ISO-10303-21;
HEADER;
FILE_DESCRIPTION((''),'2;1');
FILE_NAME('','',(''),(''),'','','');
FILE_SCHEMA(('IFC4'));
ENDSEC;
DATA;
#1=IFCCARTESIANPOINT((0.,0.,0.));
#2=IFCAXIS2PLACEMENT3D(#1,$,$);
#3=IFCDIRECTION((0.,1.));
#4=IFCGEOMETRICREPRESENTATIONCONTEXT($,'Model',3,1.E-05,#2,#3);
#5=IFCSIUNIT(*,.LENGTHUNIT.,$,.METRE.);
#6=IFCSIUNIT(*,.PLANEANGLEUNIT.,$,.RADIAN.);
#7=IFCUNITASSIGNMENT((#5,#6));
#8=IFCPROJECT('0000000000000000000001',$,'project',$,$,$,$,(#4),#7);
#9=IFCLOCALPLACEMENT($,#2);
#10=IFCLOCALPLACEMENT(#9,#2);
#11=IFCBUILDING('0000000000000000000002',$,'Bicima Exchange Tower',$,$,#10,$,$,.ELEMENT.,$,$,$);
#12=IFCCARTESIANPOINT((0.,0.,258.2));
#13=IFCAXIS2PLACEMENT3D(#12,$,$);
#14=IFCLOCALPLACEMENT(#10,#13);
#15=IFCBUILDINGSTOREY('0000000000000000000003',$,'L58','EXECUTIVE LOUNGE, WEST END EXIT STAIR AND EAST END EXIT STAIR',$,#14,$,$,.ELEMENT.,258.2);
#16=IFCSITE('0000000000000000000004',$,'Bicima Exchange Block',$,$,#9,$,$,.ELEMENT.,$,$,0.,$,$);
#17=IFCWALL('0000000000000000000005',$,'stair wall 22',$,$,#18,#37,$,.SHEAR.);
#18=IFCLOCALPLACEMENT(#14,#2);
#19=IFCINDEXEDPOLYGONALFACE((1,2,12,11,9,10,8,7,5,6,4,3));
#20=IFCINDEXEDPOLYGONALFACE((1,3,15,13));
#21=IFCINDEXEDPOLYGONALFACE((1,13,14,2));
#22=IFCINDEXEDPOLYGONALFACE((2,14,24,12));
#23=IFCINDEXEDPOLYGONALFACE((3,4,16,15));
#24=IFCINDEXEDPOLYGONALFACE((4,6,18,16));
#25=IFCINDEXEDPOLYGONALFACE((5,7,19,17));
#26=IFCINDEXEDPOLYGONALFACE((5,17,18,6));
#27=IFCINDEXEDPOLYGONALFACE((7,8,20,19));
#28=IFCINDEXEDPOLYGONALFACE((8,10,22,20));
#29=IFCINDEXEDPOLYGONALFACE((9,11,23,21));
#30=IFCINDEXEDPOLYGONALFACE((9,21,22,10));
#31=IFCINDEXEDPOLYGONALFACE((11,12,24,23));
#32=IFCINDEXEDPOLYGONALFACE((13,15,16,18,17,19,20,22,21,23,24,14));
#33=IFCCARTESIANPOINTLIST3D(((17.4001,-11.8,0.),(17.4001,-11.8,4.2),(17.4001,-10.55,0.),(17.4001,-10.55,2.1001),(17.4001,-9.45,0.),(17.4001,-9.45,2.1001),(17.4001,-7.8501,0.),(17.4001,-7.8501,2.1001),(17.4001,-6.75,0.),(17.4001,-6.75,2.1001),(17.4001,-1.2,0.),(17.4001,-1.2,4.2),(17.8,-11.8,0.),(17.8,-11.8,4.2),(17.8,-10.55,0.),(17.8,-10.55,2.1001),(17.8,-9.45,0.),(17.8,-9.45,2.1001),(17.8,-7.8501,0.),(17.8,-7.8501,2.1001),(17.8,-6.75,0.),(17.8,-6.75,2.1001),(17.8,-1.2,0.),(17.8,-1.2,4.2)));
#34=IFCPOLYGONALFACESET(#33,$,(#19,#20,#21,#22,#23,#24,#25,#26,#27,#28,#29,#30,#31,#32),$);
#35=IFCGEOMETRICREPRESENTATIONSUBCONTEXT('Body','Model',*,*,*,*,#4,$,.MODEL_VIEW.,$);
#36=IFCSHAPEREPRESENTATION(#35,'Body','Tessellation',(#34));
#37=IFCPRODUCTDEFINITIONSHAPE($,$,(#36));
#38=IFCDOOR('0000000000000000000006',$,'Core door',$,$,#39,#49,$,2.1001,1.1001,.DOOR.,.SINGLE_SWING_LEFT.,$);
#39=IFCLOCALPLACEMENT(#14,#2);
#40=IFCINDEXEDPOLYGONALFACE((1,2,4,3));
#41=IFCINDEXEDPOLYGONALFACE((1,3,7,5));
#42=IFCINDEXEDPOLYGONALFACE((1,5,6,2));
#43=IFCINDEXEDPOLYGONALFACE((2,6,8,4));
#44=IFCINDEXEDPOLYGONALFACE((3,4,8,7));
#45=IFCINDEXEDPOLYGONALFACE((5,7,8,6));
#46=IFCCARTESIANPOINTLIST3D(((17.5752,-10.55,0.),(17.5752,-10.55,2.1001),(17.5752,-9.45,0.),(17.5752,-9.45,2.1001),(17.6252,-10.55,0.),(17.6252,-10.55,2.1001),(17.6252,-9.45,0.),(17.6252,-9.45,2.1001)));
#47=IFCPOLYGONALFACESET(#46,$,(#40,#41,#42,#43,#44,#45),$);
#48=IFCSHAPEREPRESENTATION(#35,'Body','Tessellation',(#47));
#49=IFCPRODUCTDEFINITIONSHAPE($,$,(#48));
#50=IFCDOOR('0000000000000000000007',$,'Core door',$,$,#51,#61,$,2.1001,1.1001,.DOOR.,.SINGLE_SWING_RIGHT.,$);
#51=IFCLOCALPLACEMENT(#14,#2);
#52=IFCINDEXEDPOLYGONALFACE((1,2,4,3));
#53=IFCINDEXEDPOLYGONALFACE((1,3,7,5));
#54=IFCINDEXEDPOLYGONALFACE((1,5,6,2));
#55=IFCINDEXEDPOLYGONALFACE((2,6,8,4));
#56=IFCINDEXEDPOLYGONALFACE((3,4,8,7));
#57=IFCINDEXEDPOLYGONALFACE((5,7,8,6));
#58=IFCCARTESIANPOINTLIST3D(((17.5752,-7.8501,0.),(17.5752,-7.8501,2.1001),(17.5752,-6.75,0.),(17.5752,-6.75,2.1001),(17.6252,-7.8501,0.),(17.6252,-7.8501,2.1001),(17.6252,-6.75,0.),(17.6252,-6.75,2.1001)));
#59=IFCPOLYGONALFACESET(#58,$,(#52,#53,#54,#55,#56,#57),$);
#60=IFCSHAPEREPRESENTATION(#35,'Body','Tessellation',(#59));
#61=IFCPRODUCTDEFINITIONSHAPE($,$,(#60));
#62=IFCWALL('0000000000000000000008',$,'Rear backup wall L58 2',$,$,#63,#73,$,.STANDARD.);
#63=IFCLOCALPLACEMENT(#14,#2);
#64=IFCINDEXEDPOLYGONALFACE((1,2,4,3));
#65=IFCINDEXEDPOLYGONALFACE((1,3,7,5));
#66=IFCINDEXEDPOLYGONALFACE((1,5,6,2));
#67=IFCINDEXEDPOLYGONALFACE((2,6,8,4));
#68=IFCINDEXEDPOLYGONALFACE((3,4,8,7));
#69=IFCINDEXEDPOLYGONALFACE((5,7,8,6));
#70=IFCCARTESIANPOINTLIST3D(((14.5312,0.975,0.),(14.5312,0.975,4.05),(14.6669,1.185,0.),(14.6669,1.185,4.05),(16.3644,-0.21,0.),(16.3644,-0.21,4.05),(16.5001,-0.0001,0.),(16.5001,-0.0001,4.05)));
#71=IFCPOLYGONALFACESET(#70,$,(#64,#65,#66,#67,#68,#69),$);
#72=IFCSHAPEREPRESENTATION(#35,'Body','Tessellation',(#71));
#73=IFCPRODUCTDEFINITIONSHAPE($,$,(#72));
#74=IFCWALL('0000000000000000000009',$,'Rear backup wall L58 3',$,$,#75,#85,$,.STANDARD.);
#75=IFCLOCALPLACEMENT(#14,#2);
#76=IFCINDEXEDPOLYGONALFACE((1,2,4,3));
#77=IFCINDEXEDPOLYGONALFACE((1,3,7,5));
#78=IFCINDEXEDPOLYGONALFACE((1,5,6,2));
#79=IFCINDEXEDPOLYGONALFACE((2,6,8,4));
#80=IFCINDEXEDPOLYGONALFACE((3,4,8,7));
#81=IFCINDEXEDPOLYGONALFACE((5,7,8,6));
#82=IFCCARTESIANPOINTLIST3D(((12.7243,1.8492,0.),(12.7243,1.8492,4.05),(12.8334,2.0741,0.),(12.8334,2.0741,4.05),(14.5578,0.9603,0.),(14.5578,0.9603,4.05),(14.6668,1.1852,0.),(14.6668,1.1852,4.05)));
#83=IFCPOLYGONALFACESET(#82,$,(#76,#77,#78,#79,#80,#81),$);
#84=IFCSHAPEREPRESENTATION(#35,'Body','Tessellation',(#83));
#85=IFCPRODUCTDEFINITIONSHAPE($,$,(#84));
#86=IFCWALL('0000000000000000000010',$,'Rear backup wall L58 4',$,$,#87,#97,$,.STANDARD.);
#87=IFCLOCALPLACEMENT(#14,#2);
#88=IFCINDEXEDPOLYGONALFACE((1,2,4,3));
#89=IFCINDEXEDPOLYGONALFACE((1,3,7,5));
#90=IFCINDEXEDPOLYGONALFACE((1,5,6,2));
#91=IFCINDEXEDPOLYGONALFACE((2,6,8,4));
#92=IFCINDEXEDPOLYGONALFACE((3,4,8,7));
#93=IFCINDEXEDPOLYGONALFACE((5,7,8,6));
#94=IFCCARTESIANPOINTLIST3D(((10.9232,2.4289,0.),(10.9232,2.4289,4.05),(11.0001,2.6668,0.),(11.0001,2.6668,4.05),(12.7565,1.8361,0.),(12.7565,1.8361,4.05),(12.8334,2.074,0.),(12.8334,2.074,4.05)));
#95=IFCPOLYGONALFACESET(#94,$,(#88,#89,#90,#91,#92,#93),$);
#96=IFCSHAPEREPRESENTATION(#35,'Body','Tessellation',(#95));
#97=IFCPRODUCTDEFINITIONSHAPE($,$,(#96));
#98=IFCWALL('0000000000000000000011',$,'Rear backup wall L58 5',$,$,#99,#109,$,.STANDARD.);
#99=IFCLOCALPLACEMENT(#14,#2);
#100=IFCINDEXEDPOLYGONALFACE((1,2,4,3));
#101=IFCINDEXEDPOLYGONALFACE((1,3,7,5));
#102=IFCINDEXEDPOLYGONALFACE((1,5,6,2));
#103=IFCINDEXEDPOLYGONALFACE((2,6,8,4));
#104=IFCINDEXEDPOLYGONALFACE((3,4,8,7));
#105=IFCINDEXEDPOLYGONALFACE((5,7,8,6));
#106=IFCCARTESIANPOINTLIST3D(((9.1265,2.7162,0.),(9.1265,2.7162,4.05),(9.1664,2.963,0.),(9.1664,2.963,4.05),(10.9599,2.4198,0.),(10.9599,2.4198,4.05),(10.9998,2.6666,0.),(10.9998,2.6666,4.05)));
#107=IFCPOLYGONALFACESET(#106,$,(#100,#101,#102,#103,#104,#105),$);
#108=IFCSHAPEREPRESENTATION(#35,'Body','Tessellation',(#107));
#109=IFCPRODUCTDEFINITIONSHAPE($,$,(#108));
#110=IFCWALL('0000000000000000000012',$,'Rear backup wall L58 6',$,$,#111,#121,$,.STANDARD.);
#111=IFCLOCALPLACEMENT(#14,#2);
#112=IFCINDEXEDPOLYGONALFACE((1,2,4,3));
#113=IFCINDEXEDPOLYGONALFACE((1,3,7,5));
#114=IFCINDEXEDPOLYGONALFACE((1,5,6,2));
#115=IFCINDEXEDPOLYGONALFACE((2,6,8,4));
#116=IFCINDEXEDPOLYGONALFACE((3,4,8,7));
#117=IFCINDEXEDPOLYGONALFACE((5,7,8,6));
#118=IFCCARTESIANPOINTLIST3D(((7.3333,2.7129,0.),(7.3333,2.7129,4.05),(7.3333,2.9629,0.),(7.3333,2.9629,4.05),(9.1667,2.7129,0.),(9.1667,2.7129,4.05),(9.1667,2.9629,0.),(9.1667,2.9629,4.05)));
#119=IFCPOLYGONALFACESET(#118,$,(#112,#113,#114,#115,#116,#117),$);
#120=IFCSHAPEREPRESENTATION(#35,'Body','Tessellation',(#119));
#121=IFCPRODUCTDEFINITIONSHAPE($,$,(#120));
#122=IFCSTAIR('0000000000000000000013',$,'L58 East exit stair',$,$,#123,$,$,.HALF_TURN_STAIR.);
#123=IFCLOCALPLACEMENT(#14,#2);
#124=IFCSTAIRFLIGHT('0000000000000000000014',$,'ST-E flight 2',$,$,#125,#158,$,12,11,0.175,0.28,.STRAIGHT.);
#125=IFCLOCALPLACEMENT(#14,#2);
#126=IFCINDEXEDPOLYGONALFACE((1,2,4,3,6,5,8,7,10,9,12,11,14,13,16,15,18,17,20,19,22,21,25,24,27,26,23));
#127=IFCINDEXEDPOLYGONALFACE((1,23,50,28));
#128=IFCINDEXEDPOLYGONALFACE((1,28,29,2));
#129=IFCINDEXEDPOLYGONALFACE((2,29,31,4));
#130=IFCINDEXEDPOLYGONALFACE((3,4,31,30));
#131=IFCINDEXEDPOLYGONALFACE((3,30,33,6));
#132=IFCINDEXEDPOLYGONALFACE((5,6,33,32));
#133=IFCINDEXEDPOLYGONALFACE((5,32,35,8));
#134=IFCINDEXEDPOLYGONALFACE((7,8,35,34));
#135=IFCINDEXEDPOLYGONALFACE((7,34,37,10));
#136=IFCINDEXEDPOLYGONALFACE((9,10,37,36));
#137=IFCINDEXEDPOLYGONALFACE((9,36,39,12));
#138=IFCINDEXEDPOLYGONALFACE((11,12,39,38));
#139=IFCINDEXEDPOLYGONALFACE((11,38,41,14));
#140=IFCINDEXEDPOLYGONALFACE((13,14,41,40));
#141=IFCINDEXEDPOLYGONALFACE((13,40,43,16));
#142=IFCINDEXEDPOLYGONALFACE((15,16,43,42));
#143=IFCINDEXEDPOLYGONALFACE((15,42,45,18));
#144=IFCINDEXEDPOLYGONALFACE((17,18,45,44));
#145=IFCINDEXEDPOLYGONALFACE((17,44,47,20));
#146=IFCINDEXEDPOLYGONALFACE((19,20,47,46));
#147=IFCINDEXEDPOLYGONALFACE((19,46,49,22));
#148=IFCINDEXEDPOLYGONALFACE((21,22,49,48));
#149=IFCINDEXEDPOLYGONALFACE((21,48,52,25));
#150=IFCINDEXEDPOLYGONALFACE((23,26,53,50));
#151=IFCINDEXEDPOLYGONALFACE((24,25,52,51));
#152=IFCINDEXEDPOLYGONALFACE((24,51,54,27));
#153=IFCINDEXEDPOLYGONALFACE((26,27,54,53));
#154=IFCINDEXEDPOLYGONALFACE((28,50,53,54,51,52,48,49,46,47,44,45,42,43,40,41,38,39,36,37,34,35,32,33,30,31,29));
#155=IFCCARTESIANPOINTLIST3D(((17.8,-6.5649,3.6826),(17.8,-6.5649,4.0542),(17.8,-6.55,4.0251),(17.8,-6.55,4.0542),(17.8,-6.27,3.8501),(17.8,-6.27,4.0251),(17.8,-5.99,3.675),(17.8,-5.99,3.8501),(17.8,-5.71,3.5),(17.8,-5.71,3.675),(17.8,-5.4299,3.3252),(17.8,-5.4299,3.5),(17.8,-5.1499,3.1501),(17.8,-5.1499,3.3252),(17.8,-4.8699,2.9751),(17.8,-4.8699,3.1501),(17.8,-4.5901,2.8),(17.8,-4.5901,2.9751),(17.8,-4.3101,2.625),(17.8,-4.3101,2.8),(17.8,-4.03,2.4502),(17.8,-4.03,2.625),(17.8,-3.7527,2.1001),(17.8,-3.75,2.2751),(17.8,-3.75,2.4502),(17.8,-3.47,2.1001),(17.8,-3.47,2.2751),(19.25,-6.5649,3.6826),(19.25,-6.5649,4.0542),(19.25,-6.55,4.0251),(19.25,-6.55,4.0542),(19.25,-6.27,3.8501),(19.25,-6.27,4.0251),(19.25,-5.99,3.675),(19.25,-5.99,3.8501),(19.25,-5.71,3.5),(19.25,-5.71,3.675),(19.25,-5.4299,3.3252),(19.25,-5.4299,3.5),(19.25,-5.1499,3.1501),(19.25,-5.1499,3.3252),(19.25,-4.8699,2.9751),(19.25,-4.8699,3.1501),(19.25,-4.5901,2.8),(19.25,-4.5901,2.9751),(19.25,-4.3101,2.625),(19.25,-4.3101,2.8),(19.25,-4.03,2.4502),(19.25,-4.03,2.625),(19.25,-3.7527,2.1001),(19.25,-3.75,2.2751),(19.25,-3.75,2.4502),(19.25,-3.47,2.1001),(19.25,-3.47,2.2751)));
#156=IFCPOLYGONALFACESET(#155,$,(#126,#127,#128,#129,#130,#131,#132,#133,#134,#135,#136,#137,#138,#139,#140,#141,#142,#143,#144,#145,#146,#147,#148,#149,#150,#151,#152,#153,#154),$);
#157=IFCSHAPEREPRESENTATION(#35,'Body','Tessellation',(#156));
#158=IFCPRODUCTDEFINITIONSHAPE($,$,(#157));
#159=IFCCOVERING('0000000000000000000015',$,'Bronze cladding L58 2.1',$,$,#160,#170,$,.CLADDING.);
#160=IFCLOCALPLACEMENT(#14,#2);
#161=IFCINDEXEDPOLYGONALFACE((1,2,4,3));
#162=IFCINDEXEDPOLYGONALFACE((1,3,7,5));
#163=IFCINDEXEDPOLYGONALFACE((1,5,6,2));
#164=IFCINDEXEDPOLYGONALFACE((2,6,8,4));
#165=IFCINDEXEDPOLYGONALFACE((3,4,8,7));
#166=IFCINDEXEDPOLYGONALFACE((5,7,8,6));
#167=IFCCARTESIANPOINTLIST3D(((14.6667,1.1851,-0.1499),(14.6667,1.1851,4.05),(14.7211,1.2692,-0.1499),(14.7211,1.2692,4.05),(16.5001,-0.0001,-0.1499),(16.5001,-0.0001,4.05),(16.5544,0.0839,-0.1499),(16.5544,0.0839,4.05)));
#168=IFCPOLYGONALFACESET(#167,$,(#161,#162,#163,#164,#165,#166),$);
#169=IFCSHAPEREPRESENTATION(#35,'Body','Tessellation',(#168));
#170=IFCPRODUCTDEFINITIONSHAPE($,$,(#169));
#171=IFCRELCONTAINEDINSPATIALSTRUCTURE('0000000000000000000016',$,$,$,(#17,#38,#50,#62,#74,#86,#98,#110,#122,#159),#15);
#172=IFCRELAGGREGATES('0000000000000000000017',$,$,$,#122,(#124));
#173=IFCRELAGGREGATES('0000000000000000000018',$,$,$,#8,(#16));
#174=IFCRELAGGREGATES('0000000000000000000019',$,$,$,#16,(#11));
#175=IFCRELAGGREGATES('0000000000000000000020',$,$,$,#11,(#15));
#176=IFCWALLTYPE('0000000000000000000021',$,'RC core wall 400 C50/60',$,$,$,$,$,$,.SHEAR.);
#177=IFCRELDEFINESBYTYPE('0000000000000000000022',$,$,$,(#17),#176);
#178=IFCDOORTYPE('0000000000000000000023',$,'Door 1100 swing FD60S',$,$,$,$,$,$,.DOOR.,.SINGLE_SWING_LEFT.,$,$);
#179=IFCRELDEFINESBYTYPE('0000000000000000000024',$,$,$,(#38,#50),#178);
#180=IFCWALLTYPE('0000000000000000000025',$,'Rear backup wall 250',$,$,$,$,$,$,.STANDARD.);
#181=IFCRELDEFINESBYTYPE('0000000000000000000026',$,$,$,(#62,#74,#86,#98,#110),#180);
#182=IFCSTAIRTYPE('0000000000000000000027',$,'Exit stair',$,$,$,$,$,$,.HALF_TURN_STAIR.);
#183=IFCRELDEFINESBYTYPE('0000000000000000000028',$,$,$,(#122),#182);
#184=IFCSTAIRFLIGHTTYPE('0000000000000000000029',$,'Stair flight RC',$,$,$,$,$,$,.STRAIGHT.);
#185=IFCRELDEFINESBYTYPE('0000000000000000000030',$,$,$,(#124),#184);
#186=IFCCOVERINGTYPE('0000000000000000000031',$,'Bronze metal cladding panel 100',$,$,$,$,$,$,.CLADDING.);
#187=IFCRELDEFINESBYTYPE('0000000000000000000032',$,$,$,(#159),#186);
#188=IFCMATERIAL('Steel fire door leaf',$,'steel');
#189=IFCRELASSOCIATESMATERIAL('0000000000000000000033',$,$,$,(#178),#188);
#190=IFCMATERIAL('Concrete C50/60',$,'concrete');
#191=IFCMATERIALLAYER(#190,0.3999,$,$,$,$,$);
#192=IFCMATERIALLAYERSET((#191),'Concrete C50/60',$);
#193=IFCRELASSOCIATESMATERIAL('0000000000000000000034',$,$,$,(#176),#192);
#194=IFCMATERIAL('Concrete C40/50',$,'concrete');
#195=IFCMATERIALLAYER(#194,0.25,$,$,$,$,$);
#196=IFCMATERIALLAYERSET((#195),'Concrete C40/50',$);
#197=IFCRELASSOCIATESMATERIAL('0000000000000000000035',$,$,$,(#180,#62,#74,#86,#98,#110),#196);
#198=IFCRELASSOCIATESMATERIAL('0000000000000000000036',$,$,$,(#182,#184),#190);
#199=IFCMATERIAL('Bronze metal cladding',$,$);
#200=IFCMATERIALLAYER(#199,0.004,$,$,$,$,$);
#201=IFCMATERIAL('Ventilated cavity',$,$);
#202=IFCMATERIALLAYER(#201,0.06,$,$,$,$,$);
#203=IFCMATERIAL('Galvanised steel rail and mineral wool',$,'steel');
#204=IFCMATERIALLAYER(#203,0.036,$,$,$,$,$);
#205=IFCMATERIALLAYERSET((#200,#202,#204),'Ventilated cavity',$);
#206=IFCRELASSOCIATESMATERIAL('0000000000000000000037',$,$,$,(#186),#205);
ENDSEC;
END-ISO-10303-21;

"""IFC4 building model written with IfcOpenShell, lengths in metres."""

from ifc_helpers import new_model, si_unit, direction, frame, frame_2d, origin, origin_2d, place, context, subcontext, project, spatial, polyline, rectangle, outline, extrude, material, layer, layer_set, layer_usage, type_object, element, fill, aggregate, save


model = new_model("IFC4")

# Units and contexts
model_context = context("Model", 3, precision=1e-05, world=origin(), true_north=direction((0.0, 1.0)))
body_context = subcontext(model_context, "Body", "Model", "MODEL_VIEW")
ifc_project = project(units=[si_unit("LENGTHUNIT", "METRE"), si_unit("PLANEANGLEUNIT", "RADIAN")], contexts=[model_context])

# Site, building, storey
site_placement = place(None, origin())
site = spatial("IfcSite", under=ifc_project, at=site_placement, Name="Bicima Exchange Block", CompositionType="ELEMENT", RefElevation=0.0)
building_placement = place(site_placement, origin())
building = spatial("IfcBuilding", under=site, at=building_placement, Name="Bicima Exchange Tower", CompositionType="ELEMENT")
storey_placement = place(building_placement, frame((0.0, 0.0, 258.2)))
storey = spatial("IfcBuildingStorey", under=building, at=storey_placement, Name="L58", Description="EXECUTIVE LOUNGE, WEST END EXIT STAIR AND EAST END EXIT STAIR", CompositionType="ELEMENT", Elevation=258.2)

# Shared definitions
ifc_material_1 = material(Name="Concrete C40/50", Category="concrete")
ifc_material_2 = material(Name="Steel fire door leaf", Category="steel")
door_type_1 = type_object("IfcDoorType", Name="Door 1100 swing FD60S", OperationType="SINGLE_SWING_LEFT", PredefinedType="DOOR", material=ifc_material_2)
ifc_material_3 = material(Name="Concrete C50/60", Category="concrete")
ifc_layer_1 = layer(ifc_material_3, 0.3999)
ifc_layer_set_1 = layer_set([ifc_layer_1], Name="Concrete C50/60")
wall_type_1 = type_object("IfcWallType", Name="RC core wall 400 C50/60", PredefinedType="SHEAR", material=ifc_layer_set_1)

# Wall, openings, doors
wall_1_placement = place(storey_placement, frame((17.6001, -11.8, 0.0), z_axis=(0.0, 0.0, 1.0), x_axis=(0.0, 1.0, 0.0)))
wall_1 = element("IfcWall", 1, at=wall_1_placement, inside=storey, type_object=wall_type_1, Name="stair wall 22", PredefinedType="SHEAR", context=body_context, shape_type="SweptSolid", body=[
    extrude(rectangle(XDim=10.6001, YDim=0.3999, at=frame_2d((5.3, 0.0))), origin(), (0.0, 0.0, 1.0), 4.2),
])
opening_1_placement = place(wall_1_placement, frame((1.25, 0.0, 0.0)))
opening_1 = element("IfcOpeningElement", 2, at=opening_1_placement, cuts=wall_1, PredefinedType="OPENING", context=body_context, shape_type="SweptSolid", body=[
    extrude(rectangle(XDim=1.1001, YDim=2.1001, at=frame_2d((0.55, 1.05))), frame((0.0, 0.2119, 0.0), z_axis=(0.0, -1.0, 0.0), x_axis=(1.0, 0.0, 0.0)), (0.0, 0.0, 1.0), 0.4238),
])
opening_2_placement = place(wall_1_placement, frame((3.95, 0.0, 0.0)))
opening_2 = element("IfcOpeningElement", 3, at=opening_2_placement, cuts=wall_1, PredefinedType="OPENING", context=body_context, shape_type="SweptSolid", body=[
    extrude(rectangle(XDim=1.1001, YDim=2.1001, at=frame_2d((0.55, 1.05))), frame((0.0, 0.2119, 0.0), z_axis=(0.0, -1.0, 0.0), x_axis=(1.0, 0.0, 0.0)), (0.0, 0.0, 1.0), 0.4238),
])
door_1_placement = place(opening_1_placement, origin())
door_1 = element("IfcDoor", 4, at=door_1_placement, inside=storey, type_object=door_type_1, Name="Core door", OperationType="SINGLE_SWING_LEFT", OverallHeight=2.1001, OverallWidth=1.1001, PredefinedType="DOOR", context=body_context, shape_type="SweptSolid", body=[
    extrude(rectangle(XDim=1.1001, YDim=2.1001, at=frame_2d((0.55, 1.05))), frame((0.0, 0.0249, 0.0), z_axis=(0.0, -1.0, 0.0), x_axis=(1.0, 0.0, 0.0)), (0.0, 0.0, 1.0), 0.05),
])
fill(opening_1, door_1)
door_2_placement = place(opening_2_placement, origin())
door_2 = element("IfcDoor", 5, at=door_2_placement, inside=storey, type_object=door_type_1, Name="Core door", OperationType="SINGLE_SWING_RIGHT", OverallHeight=2.1001, OverallWidth=1.1001, PredefinedType="DOOR", context=body_context, shape_type="SweptSolid", body=[
    extrude(rectangle(XDim=1.1001, YDim=2.1001, at=frame_2d((0.55, 1.05))), frame((0.0, 0.0249, 0.0), z_axis=(0.0, -1.0, 0.0), x_axis=(1.0, 0.0, 0.0)), (0.0, 0.0, 1.0), 0.05),
])
fill(opening_2, door_2)

# Walls
ifc_layer_2 = layer(ifc_material_1, 0.25)
ifc_layer_set_2 = layer_set([ifc_layer_2], Name="Concrete C40/50")
ifc_layer_usage = layer_usage(ifc_layer_set_2, "AXIS2", "POSITIVE", -0.125)
wall_type_2 = type_object("IfcWallType", Name="Rear backup wall 250", PredefinedType="STANDARD", material=ifc_layer_set_2)
wall_2_placement = place(storey_placement, frame((16.4321, -0.105, 0.0), z_axis=(0.0, 0.0, 1.0), x_axis=(-0.839813, 0.542876, 0.0)))
element("IfcWall", 6, at=wall_2_placement, inside=storey, type_object=wall_type_2, material=ifc_layer_usage, Name="Rear backup wall L58 2", PredefinedType="STANDARD", context=body_context, shape_type="SweptSolid", body=[
    extrude(rectangle(XDim=2.1829, YDim=0.25, at=frame_2d((1.0913, 0.0))), origin(), (0.0, 0.0, 1.0), 4.05),
])
wall_3_placement = place(storey_placement, frame((14.6123, 1.0728, 0.0), z_axis=(0.0, 0.0, 1.0), x_axis=(-0.899824, 0.436253, 0.0)))
element("IfcWall", 7, at=wall_3_placement, inside=storey, type_object=wall_type_2, material=ifc_layer_usage, Name="Rear backup wall L58 3", PredefinedType="STANDARD", context=body_context, shape_type="SweptSolid", body=[
    extrude(rectangle(XDim=2.0376, YDim=0.25, at=frame_2d((1.0188, 0.0))), origin(), (0.0, 0.0, 1.0), 4.05),
])
wall_4_placement = place(storey_placement, frame((12.7949, 1.9551, 0.0), z_axis=(0.0, 0.0, 1.0), x_axis=(-0.951496, 0.307662, 0.0)))
element("IfcWall", 8, at=wall_4_placement, inside=storey, type_object=wall_type_2, material=ifc_layer_usage, Name="Rear backup wall L58 4", PredefinedType="STANDARD", context=body_context, shape_type="SweptSolid", body=[
    extrude(rectangle(XDim=1.9268, YDim=0.25, at=frame_2d((0.9634, 0.0))), origin(), (0.0, 0.0, 1.0), 4.05),
])
wall_5_placement = place(storey_placement, frame((10.98, 2.5432, 0.0), z_axis=(0.0, 0.0, 1.0), x_axis=(-0.987182, 0.1596, 0.0)))
element("IfcWall", 9, at=wall_5_placement, inside=storey, type_object=wall_type_2, material=ifc_layer_usage, Name="Rear backup wall L58 5", PredefinedType="STANDARD", context=body_context, shape_type="SweptSolid", body=[
    extrude(rectangle(XDim=1.8572, YDim=0.25, at=frame_2d((0.9287, 0.0))), origin(), (0.0, 0.0, 1.0), 4.05),
])
wall_6_placement = place(storey_placement, frame((9.1667, 2.8379, 0.0), z_axis=(0.0, 0.0, 1.0), x_axis=(-1.0, 0.0, 0.0)))
element("IfcWall", 10, at=wall_6_placement, inside=storey, type_object=wall_type_2, material=ifc_layer_usage, Name="Rear backup wall L58 6", PredefinedType="STANDARD", context=body_context, shape_type="SweptSolid", body=[
    extrude(rectangle(XDim=1.8335, YDim=0.25, at=frame_2d((0.9167, 0.0))), origin(), (0.0, 0.0, 1.0), 4.05),
])

# Stair, stair flight
stair_type = type_object("IfcStairType", Name="Exit stair", PredefinedType="HALF_TURN_STAIR", material=ifc_material_3)
stair_placement = place(storey_placement, origin())
stair = element("IfcStair", 11, at=stair_placement, inside=storey, type_object=stair_type, Name="L58 East exit stair", PredefinedType="HALF_TURN_STAIR")
stair_flight_type = type_object("IfcStairFlightType", Name="Stair flight RC", PredefinedType="STRAIGHT", material=ifc_material_3)
stair_flight_placement = place(storey_placement, frame((18.5249, -3.47, 2.1001), z_axis=(0.0, 0.0, 1.0), x_axis=(0.0, -1.0, 0.0)))
stair_flight = element("IfcStairFlight", 12, at=stair_flight_placement, type_object=stair_flight_type, Name="ST-E flight 2", NumberOfRisers=12, NumberOfTreads=11, PredefinedType="STRAIGHT", RiserHeight=0.175, TreadLength=0.28, context=body_context, shape_type="SweptSolid", body=[
    extrude(outline(polyline([(0.0, 0.0), (0.0, 0.175), (0.28, 0.175), (0.28, 0.3501), (0.5601, 0.3501), (0.5601, 0.5249), (0.8401, 0.5249), (0.8401, 0.7), (1.1201, 0.7), (1.1201, 0.875), (1.3999, 0.875), (1.3999, 1.05), (1.6799, 1.05), (1.6799, 1.2251), (1.96, 1.2251), (1.96, 1.3999), (2.24, 1.3999), (2.24, 1.575), (2.52, 1.575), (2.52, 1.75), (2.8, 1.75), (2.8, 1.925), (3.0801, 1.925), (3.0801, 1.9541), (3.095, 1.9541), (3.095, 1.5825), (0.2827, 0.0), (0.0, 0.0)])), frame((0.0, 0.7251, 0.0), z_axis=(0.0, -1.0, 0.0), x_axis=(1.0, 0.0, 0.0)), (0.0, 0.0, 1.0), 1.45),
])
aggregate(stair, [stair_flight])

# Covering
ifc_material_4 = material(Name="Bronze metal cladding")
ifc_layer_3 = layer(ifc_material_4, 0.004)
ifc_material_5 = material(Name="Ventilated cavity")
ifc_layer_4 = layer(ifc_material_5, 0.06)
ifc_material_6 = material(Name="Galvanised steel rail and mineral wool", Category="steel")
ifc_layer_5 = layer(ifc_material_6, 0.036)
ifc_layer_set_3 = layer_set([ifc_layer_3, ifc_layer_4, ifc_layer_5], Name="Ventilated cavity")
covering_type = type_object("IfcCoveringType", Name="Bronze metal cladding panel 100", PredefinedType="CLADDING", material=ifc_layer_set_3)
covering_1_placement = place(storey_placement, frame((15.6106, 0.6345, -0.1499), z_axis=(0.0, 0.0, 1.0), x_axis=(-0.83979, 0.542911, 0.0)))
element("IfcCovering", 13, at=covering_1_placement, inside=storey, type_object=covering_type, Name="Bronze cladding L58 2.1", PredefinedType="CLADDING", context=body_context, shape_type="SweptSolid", body=[
    extrude(rectangle(XDim=2.1831, YDim=0.1001, at=origin_2d()), origin(), (0.0, 0.0, 1.0), 4.2),
])

save(model, "model.ifc")
